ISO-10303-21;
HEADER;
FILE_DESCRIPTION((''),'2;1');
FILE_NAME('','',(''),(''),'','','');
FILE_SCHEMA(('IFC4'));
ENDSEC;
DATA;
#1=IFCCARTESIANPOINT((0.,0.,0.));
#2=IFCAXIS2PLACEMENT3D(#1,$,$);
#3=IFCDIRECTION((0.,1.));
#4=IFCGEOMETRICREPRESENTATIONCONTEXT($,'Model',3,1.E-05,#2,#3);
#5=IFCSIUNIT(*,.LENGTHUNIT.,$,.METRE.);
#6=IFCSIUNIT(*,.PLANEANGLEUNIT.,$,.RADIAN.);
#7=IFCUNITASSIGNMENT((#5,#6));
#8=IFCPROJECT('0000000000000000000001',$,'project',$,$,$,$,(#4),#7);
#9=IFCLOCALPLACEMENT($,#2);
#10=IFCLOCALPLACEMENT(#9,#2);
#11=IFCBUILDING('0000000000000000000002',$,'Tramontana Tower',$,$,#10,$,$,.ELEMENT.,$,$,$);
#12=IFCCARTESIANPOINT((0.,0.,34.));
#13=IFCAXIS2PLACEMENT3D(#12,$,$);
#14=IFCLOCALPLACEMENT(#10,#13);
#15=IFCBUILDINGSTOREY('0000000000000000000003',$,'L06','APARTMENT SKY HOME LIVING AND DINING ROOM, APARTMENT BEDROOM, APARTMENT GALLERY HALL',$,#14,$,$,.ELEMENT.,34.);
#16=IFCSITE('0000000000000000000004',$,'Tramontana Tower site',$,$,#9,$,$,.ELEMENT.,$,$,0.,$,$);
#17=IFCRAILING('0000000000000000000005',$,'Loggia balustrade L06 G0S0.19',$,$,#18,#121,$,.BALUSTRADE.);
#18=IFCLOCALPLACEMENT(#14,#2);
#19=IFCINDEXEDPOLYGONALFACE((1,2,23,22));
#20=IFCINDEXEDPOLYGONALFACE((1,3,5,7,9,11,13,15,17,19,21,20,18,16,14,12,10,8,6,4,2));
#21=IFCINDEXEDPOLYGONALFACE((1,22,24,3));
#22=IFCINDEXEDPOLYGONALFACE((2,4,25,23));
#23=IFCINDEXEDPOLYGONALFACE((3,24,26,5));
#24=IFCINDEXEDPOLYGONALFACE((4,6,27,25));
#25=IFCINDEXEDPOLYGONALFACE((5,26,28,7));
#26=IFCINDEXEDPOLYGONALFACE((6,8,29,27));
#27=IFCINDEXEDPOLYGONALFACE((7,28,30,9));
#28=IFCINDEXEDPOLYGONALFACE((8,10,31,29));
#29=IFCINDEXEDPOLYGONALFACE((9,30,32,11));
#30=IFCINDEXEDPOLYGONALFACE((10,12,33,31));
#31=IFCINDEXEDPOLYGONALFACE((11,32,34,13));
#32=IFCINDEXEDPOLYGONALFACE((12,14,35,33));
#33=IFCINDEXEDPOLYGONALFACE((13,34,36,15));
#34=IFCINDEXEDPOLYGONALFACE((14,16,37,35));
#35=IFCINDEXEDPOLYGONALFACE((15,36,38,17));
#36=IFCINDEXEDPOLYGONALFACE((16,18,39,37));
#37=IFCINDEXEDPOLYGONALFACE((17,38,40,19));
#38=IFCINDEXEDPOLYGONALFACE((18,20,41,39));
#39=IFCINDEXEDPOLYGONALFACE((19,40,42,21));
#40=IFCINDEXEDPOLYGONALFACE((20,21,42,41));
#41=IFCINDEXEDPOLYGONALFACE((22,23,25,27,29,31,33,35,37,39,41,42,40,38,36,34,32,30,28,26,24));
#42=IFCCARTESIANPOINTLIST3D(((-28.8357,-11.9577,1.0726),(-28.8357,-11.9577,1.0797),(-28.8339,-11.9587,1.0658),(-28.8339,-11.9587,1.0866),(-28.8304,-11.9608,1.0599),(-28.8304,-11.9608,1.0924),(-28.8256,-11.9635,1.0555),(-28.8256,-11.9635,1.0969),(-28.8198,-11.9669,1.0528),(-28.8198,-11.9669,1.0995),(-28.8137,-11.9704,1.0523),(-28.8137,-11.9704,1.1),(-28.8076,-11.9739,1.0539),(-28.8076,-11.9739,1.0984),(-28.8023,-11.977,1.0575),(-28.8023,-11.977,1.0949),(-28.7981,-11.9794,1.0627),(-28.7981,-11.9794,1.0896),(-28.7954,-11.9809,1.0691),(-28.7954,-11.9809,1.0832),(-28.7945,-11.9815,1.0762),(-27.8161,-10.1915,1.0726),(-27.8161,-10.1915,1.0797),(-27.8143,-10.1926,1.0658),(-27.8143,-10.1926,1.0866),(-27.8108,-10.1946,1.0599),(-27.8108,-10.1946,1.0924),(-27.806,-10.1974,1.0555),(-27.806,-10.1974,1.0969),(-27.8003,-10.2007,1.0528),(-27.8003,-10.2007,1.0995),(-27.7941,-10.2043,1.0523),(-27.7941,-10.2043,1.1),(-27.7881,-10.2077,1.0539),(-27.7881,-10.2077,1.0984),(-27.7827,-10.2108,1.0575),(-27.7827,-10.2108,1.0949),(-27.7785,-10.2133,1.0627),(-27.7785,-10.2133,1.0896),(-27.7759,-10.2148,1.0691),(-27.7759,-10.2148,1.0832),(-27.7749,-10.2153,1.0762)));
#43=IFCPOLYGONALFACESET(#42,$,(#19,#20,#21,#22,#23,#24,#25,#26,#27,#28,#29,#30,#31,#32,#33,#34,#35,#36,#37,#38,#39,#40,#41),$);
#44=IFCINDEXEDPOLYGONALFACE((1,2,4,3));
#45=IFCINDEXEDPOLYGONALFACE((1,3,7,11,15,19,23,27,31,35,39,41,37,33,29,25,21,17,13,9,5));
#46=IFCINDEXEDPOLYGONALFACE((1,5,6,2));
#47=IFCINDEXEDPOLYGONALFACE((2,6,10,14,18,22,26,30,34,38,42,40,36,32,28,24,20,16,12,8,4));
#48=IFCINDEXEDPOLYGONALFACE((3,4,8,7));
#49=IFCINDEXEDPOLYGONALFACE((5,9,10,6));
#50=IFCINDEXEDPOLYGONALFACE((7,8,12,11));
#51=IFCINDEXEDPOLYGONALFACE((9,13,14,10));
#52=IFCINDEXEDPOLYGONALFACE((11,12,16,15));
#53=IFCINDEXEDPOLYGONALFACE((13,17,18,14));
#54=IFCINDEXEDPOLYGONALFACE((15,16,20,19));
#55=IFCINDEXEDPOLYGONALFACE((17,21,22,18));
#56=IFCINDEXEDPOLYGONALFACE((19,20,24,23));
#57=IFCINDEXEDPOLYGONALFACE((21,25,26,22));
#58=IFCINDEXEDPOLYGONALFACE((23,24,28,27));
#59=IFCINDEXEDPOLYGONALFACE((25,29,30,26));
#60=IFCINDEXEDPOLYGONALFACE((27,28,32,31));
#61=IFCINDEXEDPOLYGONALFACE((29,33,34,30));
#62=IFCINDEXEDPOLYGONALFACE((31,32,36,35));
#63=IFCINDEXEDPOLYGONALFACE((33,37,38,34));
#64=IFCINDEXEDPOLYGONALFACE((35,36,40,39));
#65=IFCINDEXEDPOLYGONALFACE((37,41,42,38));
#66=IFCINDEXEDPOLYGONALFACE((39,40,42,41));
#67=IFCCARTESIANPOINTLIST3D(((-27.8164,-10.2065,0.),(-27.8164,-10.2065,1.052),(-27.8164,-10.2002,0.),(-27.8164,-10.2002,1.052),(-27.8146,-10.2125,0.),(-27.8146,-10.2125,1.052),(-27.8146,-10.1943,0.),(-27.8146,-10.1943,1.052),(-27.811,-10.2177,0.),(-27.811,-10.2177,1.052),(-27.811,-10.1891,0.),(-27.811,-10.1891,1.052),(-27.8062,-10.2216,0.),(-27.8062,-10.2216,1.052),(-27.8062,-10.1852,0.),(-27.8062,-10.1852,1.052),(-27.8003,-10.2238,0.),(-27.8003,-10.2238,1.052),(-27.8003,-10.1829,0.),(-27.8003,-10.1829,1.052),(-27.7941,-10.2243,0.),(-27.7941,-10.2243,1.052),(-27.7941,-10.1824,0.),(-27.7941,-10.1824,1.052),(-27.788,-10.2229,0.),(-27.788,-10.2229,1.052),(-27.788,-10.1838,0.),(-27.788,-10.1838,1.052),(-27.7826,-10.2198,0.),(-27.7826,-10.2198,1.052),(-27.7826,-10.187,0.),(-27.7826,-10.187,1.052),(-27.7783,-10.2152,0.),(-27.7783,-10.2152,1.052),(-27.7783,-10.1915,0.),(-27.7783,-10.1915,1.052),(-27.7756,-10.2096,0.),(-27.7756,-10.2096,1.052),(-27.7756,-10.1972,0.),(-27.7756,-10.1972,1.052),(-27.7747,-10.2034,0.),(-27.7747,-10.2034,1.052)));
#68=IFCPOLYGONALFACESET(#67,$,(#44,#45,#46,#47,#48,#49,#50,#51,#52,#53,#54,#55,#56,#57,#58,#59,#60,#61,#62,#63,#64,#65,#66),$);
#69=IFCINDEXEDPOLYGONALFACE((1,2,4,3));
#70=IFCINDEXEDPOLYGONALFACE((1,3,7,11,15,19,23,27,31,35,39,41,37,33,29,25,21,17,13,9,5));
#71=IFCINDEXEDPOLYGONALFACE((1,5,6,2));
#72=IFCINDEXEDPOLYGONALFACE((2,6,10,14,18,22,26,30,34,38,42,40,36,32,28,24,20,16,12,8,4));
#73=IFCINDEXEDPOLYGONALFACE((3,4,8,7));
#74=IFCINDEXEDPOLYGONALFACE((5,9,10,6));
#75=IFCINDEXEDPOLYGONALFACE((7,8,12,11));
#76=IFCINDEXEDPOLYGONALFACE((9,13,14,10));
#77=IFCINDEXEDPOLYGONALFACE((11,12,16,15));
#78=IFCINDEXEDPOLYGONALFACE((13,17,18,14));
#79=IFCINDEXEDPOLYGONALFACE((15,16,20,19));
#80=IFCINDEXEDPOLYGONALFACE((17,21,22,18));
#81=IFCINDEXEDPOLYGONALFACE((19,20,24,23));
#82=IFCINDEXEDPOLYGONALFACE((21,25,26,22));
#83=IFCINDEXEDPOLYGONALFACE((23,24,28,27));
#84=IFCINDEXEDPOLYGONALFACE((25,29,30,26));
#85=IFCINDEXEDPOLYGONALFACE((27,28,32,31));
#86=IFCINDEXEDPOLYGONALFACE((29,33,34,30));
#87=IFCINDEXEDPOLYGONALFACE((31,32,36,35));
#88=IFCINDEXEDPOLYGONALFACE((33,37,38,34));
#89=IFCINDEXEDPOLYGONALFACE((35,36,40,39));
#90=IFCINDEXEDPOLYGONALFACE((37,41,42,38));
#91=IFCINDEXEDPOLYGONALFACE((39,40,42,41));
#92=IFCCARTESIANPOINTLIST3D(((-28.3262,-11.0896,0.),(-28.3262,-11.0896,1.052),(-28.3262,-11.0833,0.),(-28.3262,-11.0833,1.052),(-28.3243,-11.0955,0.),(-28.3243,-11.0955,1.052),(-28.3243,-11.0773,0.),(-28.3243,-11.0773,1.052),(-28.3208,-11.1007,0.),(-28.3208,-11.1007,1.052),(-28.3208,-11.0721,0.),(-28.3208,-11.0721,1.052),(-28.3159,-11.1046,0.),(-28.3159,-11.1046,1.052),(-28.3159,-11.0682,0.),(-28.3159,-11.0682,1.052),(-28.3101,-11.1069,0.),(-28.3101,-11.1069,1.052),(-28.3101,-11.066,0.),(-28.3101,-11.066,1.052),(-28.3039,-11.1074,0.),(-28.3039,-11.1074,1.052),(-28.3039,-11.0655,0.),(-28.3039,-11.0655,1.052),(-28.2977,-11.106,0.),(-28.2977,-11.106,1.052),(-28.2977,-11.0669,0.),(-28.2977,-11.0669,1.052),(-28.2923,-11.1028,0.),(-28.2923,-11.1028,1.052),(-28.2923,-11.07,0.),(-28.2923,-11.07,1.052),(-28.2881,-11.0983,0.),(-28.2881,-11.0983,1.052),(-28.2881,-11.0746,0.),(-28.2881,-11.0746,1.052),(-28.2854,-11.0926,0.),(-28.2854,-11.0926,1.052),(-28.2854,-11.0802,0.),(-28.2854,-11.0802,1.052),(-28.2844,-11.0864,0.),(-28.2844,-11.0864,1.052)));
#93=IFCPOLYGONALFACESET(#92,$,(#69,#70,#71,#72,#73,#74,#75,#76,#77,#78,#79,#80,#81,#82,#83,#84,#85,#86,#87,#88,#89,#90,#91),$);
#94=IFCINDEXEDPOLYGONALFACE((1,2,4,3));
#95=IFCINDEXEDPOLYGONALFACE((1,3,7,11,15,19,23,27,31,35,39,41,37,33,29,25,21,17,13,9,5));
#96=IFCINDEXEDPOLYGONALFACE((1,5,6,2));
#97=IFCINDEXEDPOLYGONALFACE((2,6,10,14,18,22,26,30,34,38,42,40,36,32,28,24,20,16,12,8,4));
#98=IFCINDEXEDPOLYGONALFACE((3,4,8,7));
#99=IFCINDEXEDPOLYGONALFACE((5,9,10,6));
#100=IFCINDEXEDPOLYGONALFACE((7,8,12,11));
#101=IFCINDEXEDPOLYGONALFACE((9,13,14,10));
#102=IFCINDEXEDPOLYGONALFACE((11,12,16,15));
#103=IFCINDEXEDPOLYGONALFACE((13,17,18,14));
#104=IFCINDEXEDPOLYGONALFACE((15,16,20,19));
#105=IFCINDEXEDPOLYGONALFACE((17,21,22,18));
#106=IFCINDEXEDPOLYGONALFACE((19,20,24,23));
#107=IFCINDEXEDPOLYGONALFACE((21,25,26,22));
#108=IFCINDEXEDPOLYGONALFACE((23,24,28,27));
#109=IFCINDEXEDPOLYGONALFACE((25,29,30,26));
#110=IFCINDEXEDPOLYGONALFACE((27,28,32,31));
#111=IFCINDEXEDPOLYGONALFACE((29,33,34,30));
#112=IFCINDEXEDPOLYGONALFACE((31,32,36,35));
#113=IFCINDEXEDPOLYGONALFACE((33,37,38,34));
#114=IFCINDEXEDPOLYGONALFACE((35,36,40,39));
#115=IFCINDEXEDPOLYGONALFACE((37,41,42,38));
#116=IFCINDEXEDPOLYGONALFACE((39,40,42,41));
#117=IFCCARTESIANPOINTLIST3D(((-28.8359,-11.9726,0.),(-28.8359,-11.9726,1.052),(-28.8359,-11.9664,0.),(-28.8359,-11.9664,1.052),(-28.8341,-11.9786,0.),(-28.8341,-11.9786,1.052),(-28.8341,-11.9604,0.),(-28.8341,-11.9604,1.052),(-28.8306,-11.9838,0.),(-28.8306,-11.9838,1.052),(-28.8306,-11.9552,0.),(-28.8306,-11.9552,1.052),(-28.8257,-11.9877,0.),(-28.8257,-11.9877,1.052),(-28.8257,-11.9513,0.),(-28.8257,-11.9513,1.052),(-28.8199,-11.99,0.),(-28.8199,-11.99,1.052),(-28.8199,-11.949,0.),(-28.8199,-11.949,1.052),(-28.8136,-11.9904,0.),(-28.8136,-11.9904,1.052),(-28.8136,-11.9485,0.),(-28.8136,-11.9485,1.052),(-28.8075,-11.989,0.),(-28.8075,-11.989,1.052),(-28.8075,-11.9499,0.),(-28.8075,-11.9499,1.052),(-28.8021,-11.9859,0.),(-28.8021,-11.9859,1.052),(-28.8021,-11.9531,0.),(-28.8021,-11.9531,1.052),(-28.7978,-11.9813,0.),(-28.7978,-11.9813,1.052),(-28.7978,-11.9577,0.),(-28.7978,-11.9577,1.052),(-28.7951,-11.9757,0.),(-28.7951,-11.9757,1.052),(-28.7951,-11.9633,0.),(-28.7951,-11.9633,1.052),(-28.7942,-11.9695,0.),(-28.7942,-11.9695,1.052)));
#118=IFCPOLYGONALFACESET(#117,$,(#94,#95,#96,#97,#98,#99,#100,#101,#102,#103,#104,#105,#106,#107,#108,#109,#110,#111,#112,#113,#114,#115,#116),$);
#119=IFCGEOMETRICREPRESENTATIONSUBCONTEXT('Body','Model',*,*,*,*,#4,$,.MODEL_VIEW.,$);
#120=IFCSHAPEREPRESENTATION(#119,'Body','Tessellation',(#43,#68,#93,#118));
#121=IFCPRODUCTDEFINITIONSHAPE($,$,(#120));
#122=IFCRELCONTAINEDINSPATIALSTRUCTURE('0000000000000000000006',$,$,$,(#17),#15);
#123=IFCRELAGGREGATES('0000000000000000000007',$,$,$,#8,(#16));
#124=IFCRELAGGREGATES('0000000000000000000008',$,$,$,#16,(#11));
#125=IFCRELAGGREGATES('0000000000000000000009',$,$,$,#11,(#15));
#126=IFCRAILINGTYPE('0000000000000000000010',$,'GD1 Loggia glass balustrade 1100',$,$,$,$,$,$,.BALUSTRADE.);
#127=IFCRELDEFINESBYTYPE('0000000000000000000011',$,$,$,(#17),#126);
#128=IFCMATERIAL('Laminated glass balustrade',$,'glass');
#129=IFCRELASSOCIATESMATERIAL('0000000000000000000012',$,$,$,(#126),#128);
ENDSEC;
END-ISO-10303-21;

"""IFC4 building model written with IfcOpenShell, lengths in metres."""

from ifc_helpers import new_model, si_unit, direction, frame, origin, origin_2d, place, context, subcontext, project, spatial, circle, extrude, material, type_object, element, save


model = new_model("IFC4")

# Units and contexts
model_context = context("Model", 3, precision=1e-05, world=origin(), true_north=direction((0.0, 1.0)))
body_context = subcontext(model_context, "Body", "Model", "MODEL_VIEW")
ifc_project = project(units=[si_unit("LENGTHUNIT", "METRE"), si_unit("PLANEANGLEUNIT", "RADIAN")], contexts=[model_context])

# Site, building, storey
site_placement = place(None, origin())
site = spatial("IfcSite", under=ifc_project, at=site_placement, Name="Tramontana Tower site", CompositionType="ELEMENT", RefElevation=0.0)
building_placement = place(site_placement, origin())
building = spatial("IfcBuilding", under=site, at=building_placement, Name="Tramontana Tower", CompositionType="ELEMENT")
storey_placement = place(building_placement, frame((0.0, 0.0, 34.0)))
storey = spatial("IfcBuildingStorey", under=building, at=storey_placement, Name="L06", Description="APARTMENT SKY HOME LIVING AND DINING ROOM, APARTMENT BEDROOM, APARTMENT GALLERY HALL", CompositionType="ELEMENT", Elevation=34.0)

# Railing
ifc_material_1 = material(Name="Laminated glass balustrade", Category="glass")
railing_type = type_object("IfcRailingType", Name="GD1 Loggia glass balustrade 1100", PredefinedType="BALUSTRADE", material=ifc_material_1)
railing_1_placement = place(storey_placement, frame((-27.7957, -10.2034, 0.0)))
element("IfcRailing", 1, at=railing_1_placement, inside=storey, type_object=railing_type, Name="Loggia balustrade L06 G0S0.19", PredefinedType="BALUSTRADE", context=body_context, shape_type="SweptSolid", body=[
    extrude(circle(Radius=0.0239, at=origin_2d()), frame((0.0, 0.0, 1.0762), z_axis=(-0.49995, -0.866054, 0.0), x_axis=(0.866054, -0.49995, 0.0)), (0.0, 0.0, 1.0), 2.0393),
    extrude(circle(Radius=0.021, at=origin_2d()), origin(), (0.0, 0.0, 1.0), 1.052),
    extrude(circle(Radius=0.021, at=origin_2d()), frame((-0.5098, -0.8831, 0.0)), (0.0, 0.0, 1.0), 1.052),
    extrude(circle(Radius=0.021, at=origin_2d()), frame((-1.0195, -1.7661, 0.0)), (0.0, 0.0, 1.0), 1.052),
])

save(model, "model.ifc")
